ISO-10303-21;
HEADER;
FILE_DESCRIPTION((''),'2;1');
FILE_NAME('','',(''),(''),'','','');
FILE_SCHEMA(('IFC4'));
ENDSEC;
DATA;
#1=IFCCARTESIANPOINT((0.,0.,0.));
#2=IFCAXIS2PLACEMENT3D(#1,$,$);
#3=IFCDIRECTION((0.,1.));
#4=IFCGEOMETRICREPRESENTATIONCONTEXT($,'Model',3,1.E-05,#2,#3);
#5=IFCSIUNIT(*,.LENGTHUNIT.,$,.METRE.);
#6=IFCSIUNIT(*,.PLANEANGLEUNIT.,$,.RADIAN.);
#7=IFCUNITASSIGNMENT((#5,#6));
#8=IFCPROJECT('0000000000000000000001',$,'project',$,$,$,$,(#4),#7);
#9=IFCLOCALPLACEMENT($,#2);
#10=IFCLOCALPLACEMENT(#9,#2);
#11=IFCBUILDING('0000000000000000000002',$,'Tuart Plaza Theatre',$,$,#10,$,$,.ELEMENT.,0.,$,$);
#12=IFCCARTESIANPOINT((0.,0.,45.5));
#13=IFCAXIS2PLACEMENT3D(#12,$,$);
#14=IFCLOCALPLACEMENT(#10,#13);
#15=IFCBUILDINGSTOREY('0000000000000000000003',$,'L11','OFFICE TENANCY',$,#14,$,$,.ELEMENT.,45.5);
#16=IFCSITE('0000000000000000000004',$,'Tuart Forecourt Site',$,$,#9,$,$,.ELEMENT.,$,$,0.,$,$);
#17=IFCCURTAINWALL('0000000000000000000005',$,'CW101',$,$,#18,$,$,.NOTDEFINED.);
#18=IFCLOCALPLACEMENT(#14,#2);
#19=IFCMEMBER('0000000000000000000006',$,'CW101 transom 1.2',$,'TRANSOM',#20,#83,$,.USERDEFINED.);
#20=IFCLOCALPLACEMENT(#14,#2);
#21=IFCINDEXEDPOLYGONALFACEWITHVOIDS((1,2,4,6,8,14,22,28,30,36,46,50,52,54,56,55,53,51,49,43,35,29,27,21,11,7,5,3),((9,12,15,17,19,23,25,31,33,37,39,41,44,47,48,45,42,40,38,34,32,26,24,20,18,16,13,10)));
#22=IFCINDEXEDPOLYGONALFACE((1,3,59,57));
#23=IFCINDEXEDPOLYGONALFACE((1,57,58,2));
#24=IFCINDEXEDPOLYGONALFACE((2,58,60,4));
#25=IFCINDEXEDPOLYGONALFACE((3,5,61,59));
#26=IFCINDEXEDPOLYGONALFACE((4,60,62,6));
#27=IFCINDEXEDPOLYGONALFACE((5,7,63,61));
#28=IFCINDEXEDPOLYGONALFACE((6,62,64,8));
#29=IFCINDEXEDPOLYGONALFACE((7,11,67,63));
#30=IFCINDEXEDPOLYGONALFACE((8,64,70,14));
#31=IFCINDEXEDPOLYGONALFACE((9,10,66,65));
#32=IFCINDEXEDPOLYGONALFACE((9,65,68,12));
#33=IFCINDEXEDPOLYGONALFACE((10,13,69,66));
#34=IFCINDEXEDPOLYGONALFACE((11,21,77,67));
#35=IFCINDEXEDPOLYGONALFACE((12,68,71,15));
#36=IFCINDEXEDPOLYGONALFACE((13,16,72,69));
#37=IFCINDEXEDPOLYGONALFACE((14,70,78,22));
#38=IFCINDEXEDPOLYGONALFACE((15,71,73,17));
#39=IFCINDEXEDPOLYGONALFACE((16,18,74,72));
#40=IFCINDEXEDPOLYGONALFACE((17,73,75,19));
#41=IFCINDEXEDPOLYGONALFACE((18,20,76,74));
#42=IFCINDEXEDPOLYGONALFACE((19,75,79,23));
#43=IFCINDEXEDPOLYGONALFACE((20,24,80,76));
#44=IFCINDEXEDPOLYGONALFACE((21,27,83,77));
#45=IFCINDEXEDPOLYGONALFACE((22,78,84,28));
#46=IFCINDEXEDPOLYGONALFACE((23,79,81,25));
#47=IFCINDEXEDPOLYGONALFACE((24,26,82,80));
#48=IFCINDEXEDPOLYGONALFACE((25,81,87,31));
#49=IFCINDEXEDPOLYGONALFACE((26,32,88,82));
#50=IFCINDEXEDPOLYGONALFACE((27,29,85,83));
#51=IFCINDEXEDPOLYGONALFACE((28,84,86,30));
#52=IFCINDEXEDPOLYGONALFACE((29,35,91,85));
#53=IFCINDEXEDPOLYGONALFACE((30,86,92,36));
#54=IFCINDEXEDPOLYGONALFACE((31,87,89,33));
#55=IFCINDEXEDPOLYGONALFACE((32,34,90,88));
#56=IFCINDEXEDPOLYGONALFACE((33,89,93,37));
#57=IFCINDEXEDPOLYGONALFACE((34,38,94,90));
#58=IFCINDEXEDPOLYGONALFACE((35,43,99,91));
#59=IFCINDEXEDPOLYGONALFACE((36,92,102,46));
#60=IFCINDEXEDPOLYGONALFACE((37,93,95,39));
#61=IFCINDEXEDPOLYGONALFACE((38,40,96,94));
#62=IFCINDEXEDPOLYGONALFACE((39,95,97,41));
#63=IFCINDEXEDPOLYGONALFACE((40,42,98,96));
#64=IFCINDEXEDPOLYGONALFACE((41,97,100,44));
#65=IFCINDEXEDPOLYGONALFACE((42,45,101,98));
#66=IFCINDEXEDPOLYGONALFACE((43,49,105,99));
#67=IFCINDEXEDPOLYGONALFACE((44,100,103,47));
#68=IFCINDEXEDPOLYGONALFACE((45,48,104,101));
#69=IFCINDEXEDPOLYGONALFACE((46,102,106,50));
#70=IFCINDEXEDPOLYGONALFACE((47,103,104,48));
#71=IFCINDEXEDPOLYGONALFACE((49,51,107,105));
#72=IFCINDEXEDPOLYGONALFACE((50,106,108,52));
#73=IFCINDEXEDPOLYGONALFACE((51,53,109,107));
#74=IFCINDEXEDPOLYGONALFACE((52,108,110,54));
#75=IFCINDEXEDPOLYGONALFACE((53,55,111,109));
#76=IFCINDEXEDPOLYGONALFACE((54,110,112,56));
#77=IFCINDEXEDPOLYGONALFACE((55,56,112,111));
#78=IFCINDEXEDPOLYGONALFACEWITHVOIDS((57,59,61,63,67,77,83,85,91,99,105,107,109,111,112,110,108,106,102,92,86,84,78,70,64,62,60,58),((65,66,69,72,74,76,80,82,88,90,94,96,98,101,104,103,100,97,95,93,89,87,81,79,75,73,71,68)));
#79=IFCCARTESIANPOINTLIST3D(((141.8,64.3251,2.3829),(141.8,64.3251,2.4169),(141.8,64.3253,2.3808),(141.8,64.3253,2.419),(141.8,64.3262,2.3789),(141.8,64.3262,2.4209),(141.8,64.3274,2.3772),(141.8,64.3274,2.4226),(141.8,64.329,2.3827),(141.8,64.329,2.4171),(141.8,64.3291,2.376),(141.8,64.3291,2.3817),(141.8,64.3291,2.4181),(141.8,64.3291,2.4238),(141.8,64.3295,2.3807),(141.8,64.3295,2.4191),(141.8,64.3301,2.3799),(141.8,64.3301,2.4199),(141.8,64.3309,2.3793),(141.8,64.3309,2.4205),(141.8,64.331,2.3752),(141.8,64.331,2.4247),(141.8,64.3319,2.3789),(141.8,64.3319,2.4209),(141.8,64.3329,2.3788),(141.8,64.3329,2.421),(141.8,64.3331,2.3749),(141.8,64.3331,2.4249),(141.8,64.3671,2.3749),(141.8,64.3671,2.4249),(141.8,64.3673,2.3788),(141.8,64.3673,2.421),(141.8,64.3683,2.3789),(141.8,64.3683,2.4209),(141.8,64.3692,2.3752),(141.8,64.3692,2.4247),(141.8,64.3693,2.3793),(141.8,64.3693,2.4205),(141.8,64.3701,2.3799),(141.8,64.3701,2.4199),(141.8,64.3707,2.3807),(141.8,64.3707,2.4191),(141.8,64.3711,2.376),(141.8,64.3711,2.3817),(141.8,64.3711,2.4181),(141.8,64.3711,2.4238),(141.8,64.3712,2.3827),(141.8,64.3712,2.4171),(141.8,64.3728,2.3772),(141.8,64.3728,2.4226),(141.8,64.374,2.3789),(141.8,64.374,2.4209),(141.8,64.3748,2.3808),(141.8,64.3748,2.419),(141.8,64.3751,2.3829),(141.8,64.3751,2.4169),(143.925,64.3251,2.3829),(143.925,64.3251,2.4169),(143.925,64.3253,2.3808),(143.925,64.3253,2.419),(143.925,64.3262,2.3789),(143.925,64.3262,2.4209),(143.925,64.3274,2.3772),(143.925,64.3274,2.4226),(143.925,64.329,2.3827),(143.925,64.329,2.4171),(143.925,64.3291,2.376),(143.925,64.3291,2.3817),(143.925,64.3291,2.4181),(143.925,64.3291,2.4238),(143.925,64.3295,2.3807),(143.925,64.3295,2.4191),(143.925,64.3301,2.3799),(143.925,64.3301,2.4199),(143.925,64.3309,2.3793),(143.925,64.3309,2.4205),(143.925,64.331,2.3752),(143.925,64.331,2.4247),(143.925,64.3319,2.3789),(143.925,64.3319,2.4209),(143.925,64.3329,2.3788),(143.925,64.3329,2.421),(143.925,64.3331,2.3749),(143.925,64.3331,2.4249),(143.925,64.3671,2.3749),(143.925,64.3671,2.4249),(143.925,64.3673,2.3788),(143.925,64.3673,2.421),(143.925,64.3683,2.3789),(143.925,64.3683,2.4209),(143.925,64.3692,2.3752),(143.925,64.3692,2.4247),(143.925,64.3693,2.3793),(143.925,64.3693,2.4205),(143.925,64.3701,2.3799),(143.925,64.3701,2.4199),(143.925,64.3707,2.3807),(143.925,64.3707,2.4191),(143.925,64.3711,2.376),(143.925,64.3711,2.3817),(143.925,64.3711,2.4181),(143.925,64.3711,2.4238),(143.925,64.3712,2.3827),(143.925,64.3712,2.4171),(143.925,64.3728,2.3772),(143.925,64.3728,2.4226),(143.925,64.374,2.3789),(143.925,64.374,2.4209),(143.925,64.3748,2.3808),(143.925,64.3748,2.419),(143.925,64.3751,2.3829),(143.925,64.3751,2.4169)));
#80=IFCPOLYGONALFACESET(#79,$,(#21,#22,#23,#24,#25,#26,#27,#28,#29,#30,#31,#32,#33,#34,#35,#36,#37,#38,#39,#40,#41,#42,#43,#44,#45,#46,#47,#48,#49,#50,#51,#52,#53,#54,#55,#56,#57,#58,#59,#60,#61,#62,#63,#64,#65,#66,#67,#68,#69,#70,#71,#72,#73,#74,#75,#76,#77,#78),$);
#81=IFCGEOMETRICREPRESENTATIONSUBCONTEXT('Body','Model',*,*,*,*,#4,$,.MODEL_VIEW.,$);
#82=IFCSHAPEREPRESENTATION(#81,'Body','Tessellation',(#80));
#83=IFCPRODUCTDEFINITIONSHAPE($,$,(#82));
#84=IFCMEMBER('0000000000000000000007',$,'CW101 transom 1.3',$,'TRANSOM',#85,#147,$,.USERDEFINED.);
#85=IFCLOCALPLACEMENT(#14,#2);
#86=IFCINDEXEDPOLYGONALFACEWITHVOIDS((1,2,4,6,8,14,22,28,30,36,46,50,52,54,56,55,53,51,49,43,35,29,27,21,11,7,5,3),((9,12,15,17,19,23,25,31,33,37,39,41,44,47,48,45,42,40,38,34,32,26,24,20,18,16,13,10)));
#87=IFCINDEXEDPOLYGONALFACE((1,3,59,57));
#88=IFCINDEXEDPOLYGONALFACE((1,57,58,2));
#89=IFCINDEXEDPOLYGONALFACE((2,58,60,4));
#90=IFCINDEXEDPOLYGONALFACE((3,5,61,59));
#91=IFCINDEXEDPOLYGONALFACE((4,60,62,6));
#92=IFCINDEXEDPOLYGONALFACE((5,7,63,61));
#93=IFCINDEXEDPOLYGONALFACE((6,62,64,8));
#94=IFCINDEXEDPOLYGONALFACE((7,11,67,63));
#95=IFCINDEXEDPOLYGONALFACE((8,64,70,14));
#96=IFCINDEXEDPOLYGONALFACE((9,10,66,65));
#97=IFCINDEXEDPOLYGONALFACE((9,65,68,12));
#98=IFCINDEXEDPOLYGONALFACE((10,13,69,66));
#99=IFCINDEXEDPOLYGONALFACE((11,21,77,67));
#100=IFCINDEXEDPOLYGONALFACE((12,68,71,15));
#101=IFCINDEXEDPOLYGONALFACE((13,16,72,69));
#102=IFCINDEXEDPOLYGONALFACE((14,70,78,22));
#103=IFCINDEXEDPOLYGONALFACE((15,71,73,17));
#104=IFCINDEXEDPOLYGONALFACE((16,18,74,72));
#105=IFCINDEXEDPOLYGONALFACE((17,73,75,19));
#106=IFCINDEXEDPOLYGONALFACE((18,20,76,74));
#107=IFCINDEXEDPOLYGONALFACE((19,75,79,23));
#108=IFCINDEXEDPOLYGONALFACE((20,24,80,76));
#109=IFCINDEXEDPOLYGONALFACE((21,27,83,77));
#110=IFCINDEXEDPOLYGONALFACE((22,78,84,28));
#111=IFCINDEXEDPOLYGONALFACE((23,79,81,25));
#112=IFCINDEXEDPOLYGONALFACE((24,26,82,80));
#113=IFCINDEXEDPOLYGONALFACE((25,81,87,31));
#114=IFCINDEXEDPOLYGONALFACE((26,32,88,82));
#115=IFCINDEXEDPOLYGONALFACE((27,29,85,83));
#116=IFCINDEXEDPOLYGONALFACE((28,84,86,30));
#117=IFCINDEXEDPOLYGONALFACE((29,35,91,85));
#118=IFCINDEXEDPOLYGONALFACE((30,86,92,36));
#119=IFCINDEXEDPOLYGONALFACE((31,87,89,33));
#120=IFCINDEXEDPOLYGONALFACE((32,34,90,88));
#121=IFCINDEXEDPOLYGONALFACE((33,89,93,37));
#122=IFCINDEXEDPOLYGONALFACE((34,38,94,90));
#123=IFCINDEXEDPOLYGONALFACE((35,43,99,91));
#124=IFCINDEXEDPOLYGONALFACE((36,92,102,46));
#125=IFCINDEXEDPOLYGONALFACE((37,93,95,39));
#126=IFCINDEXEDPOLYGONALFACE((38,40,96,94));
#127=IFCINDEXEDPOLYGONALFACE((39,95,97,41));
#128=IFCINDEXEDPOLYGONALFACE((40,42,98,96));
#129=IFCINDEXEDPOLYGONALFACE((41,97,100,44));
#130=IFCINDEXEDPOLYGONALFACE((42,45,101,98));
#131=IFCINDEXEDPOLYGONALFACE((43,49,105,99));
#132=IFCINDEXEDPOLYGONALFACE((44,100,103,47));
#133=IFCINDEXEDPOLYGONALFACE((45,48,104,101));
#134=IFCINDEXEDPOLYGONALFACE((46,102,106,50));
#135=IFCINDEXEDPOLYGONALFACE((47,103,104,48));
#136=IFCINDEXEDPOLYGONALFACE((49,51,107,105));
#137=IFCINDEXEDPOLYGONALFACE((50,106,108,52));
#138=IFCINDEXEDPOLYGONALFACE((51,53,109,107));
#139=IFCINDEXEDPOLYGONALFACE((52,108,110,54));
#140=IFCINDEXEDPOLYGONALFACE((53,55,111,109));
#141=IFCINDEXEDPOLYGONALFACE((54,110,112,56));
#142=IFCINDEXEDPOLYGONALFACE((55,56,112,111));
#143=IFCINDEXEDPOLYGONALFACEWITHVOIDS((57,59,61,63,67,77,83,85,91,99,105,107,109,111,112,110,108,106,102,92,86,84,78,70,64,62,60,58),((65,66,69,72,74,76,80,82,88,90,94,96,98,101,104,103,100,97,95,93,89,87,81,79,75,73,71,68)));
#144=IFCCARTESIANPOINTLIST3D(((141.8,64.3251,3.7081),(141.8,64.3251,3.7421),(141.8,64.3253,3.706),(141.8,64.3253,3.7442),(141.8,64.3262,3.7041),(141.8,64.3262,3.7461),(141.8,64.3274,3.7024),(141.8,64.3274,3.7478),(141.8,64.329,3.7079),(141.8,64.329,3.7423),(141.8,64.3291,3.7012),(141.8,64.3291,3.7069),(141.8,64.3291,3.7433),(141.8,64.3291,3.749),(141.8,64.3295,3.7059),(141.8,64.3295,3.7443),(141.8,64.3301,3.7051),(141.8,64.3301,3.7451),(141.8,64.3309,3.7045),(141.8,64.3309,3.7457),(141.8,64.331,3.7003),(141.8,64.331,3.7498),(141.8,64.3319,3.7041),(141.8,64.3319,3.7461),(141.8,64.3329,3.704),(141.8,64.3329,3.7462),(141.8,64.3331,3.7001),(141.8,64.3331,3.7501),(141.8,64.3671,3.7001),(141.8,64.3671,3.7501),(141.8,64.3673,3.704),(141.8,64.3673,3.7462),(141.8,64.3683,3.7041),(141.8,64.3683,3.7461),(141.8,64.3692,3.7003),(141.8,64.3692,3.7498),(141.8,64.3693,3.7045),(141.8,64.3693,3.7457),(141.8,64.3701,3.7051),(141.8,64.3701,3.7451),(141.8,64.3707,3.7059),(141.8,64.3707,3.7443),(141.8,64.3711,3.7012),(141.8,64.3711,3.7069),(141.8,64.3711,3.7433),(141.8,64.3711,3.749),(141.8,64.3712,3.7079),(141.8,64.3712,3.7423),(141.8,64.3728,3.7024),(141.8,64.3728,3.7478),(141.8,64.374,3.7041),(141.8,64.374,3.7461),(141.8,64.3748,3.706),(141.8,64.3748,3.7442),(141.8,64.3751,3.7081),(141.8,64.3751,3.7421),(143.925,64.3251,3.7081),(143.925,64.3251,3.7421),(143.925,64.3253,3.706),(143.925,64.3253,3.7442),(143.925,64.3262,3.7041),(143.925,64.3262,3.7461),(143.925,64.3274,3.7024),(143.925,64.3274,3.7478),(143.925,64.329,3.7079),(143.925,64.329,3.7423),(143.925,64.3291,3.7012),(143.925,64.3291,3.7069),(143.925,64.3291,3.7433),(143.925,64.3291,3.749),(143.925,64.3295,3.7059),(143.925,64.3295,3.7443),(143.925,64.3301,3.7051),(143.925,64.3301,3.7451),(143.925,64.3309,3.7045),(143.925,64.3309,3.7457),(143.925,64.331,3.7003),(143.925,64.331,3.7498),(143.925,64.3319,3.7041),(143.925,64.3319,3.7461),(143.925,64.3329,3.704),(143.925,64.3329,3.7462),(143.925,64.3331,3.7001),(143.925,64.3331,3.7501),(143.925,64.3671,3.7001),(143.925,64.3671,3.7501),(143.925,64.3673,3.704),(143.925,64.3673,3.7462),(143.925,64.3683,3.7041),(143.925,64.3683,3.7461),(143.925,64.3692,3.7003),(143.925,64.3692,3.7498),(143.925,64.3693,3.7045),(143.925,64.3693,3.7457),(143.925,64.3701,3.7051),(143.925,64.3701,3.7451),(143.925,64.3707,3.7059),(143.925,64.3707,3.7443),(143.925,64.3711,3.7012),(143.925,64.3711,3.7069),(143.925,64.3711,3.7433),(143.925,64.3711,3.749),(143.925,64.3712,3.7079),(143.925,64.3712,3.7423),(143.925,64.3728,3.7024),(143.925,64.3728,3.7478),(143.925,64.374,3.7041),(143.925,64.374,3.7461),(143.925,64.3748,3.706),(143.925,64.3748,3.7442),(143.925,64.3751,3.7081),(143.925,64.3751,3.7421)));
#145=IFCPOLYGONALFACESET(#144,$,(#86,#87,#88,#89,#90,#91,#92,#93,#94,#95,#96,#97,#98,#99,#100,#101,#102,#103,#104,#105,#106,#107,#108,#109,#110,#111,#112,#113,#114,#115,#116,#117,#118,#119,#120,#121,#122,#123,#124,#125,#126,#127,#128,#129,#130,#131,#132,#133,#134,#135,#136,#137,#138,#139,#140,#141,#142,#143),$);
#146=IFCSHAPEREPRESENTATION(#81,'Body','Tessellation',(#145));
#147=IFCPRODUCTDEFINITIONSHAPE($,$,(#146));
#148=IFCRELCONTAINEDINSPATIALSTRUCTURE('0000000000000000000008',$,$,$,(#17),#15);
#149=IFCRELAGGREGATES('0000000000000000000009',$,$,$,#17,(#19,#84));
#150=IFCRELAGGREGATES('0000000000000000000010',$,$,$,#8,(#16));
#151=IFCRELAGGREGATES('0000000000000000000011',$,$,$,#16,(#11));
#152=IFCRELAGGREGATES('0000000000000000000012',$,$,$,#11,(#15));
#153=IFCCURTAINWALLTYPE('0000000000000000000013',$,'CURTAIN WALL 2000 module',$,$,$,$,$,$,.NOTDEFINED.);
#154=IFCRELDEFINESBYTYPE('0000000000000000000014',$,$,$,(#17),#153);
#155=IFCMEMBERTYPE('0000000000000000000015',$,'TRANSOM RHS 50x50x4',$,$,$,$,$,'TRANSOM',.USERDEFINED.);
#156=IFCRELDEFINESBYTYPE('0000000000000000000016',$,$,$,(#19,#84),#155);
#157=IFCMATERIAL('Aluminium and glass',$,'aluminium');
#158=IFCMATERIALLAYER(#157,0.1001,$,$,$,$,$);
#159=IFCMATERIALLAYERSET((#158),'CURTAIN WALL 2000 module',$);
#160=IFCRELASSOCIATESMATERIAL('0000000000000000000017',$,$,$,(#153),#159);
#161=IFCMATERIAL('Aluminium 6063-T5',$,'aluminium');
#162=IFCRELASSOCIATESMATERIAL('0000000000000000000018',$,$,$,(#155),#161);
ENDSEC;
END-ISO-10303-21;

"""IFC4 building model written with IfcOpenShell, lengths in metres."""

from ifc_helpers import new_model, si_unit, direction, frame, origin, origin_2d, place, context, subcontext, project, spatial, hollow_rectangle, extrude, material, layer, layer_set, material_profile, profile_set, type_object, element, aggregate, save


model = new_model("IFC4")

# Units and contexts
model_context = context("Model", 3, precision=1e-05, world=origin(), true_north=direction((0.0, 1.0)))
body_context = subcontext(model_context, "Body", "Model", "MODEL_VIEW")
ifc_project = project(units=[si_unit("LENGTHUNIT", "METRE"), si_unit("PLANEANGLEUNIT", "RADIAN")], contexts=[model_context])

# Site, building, storey
site_placement = place(None, origin())
site = spatial("IfcSite", under=ifc_project, at=site_placement, Name="Tuart Forecourt Site", CompositionType="ELEMENT", RefElevation=0.0)
building_placement = place(site_placement, origin())
building = spatial("IfcBuilding", under=site, at=building_placement, Name="Tuart Plaza Theatre", CompositionType="ELEMENT", ElevationOfRefHeight=0.0)
storey_placement = place(building_placement, frame((0.0, 0.0, 45.5)))
storey = spatial("IfcBuildingStorey", under=building, at=storey_placement, Name="L11", Description="OFFICE TENANCY", CompositionType="ELEMENT", Elevation=45.5)

# Curtain wall
ifc_material_1 = material(Name="Aluminium and glass", Category="aluminium")
ifc_layer_1 = layer(ifc_material_1, 0.1001)
ifc_layer_set_1 = layer_set([ifc_layer_1], Name="CURTAIN WALL 2000 module")
curtain_wall_type = type_object("IfcCurtainWallType", Name="CURTAIN WALL 2000 module", PredefinedType="NOTDEFINED", material=ifc_layer_set_1)
curtain_wall_1_placement = place(storey_placement, origin())
curtain_wall_1 = element("IfcCurtainWall", 1, at=curtain_wall_1_placement, inside=storey, type_object=curtain_wall_type, Name="CW101", PredefinedType="NOTDEFINED")

# Members
ifc_material_2 = material(Name="Aluminium 6063-T5", Category="aluminium")
ifc_material_profile_1 = material_profile(ifc_material_2, hollow_rectangle(XDim=0.05, YDim=0.05, WallThickness=0.0039, InnerFilletRadius=0.0039, OuterFilletRadius=0.0081, at=origin_2d()), Name="RHS 50x50x4")
ifc_profile_set_1 = profile_set([ifc_material_profile_1], Name="Aluminium 6063-T5")
member_type_1 = type_object("IfcMemberType", Name="TRANSOM RHS 50x50x4", ElementType="TRANSOM", PredefinedType="USERDEFINED", material=ifc_profile_set_1)
member_1_placement = place(storey_placement, frame((141.8, 64.3501, 2.3999), z_axis=(1.0, 0.0, 0.0), x_axis=(0.0, 1.0, 0.0)))
member_1 = element("IfcMember", 2, at=member_1_placement, type_object=member_type_1, Name="CW101 transom 1.2", ObjectType="TRANSOM", PredefinedType="USERDEFINED", context=body_context, shape_type="SweptSolid", body=[
    extrude(hollow_rectangle(XDim=0.05, YDim=0.05, WallThickness=0.0039, InnerFilletRadius=0.0039, OuterFilletRadius=0.0081, at=origin_2d()), origin(), (0.0, 0.0, 1.0), 2.125),
])
member_2_placement = place(storey_placement, frame((141.8, 64.3501, 3.7251), z_axis=(1.0, 0.0, 0.0), x_axis=(0.0, 1.0, 0.0)))
member_2 = element("IfcMember", 3, at=member_2_placement, type_object=member_type_1, Name="CW101 transom 1.3", ObjectType="TRANSOM", PredefinedType="USERDEFINED", context=body_context, shape_type="SweptSolid", body=[
    extrude(hollow_rectangle(XDim=0.05, YDim=0.05, WallThickness=0.0039, InnerFilletRadius=0.0039, OuterFilletRadius=0.0081, at=origin_2d()), origin(), (0.0, 0.0, 1.0), 2.125),
])

aggregate(curtain_wall_1, [member_1, member_2])

save(model, "model.ifc")
